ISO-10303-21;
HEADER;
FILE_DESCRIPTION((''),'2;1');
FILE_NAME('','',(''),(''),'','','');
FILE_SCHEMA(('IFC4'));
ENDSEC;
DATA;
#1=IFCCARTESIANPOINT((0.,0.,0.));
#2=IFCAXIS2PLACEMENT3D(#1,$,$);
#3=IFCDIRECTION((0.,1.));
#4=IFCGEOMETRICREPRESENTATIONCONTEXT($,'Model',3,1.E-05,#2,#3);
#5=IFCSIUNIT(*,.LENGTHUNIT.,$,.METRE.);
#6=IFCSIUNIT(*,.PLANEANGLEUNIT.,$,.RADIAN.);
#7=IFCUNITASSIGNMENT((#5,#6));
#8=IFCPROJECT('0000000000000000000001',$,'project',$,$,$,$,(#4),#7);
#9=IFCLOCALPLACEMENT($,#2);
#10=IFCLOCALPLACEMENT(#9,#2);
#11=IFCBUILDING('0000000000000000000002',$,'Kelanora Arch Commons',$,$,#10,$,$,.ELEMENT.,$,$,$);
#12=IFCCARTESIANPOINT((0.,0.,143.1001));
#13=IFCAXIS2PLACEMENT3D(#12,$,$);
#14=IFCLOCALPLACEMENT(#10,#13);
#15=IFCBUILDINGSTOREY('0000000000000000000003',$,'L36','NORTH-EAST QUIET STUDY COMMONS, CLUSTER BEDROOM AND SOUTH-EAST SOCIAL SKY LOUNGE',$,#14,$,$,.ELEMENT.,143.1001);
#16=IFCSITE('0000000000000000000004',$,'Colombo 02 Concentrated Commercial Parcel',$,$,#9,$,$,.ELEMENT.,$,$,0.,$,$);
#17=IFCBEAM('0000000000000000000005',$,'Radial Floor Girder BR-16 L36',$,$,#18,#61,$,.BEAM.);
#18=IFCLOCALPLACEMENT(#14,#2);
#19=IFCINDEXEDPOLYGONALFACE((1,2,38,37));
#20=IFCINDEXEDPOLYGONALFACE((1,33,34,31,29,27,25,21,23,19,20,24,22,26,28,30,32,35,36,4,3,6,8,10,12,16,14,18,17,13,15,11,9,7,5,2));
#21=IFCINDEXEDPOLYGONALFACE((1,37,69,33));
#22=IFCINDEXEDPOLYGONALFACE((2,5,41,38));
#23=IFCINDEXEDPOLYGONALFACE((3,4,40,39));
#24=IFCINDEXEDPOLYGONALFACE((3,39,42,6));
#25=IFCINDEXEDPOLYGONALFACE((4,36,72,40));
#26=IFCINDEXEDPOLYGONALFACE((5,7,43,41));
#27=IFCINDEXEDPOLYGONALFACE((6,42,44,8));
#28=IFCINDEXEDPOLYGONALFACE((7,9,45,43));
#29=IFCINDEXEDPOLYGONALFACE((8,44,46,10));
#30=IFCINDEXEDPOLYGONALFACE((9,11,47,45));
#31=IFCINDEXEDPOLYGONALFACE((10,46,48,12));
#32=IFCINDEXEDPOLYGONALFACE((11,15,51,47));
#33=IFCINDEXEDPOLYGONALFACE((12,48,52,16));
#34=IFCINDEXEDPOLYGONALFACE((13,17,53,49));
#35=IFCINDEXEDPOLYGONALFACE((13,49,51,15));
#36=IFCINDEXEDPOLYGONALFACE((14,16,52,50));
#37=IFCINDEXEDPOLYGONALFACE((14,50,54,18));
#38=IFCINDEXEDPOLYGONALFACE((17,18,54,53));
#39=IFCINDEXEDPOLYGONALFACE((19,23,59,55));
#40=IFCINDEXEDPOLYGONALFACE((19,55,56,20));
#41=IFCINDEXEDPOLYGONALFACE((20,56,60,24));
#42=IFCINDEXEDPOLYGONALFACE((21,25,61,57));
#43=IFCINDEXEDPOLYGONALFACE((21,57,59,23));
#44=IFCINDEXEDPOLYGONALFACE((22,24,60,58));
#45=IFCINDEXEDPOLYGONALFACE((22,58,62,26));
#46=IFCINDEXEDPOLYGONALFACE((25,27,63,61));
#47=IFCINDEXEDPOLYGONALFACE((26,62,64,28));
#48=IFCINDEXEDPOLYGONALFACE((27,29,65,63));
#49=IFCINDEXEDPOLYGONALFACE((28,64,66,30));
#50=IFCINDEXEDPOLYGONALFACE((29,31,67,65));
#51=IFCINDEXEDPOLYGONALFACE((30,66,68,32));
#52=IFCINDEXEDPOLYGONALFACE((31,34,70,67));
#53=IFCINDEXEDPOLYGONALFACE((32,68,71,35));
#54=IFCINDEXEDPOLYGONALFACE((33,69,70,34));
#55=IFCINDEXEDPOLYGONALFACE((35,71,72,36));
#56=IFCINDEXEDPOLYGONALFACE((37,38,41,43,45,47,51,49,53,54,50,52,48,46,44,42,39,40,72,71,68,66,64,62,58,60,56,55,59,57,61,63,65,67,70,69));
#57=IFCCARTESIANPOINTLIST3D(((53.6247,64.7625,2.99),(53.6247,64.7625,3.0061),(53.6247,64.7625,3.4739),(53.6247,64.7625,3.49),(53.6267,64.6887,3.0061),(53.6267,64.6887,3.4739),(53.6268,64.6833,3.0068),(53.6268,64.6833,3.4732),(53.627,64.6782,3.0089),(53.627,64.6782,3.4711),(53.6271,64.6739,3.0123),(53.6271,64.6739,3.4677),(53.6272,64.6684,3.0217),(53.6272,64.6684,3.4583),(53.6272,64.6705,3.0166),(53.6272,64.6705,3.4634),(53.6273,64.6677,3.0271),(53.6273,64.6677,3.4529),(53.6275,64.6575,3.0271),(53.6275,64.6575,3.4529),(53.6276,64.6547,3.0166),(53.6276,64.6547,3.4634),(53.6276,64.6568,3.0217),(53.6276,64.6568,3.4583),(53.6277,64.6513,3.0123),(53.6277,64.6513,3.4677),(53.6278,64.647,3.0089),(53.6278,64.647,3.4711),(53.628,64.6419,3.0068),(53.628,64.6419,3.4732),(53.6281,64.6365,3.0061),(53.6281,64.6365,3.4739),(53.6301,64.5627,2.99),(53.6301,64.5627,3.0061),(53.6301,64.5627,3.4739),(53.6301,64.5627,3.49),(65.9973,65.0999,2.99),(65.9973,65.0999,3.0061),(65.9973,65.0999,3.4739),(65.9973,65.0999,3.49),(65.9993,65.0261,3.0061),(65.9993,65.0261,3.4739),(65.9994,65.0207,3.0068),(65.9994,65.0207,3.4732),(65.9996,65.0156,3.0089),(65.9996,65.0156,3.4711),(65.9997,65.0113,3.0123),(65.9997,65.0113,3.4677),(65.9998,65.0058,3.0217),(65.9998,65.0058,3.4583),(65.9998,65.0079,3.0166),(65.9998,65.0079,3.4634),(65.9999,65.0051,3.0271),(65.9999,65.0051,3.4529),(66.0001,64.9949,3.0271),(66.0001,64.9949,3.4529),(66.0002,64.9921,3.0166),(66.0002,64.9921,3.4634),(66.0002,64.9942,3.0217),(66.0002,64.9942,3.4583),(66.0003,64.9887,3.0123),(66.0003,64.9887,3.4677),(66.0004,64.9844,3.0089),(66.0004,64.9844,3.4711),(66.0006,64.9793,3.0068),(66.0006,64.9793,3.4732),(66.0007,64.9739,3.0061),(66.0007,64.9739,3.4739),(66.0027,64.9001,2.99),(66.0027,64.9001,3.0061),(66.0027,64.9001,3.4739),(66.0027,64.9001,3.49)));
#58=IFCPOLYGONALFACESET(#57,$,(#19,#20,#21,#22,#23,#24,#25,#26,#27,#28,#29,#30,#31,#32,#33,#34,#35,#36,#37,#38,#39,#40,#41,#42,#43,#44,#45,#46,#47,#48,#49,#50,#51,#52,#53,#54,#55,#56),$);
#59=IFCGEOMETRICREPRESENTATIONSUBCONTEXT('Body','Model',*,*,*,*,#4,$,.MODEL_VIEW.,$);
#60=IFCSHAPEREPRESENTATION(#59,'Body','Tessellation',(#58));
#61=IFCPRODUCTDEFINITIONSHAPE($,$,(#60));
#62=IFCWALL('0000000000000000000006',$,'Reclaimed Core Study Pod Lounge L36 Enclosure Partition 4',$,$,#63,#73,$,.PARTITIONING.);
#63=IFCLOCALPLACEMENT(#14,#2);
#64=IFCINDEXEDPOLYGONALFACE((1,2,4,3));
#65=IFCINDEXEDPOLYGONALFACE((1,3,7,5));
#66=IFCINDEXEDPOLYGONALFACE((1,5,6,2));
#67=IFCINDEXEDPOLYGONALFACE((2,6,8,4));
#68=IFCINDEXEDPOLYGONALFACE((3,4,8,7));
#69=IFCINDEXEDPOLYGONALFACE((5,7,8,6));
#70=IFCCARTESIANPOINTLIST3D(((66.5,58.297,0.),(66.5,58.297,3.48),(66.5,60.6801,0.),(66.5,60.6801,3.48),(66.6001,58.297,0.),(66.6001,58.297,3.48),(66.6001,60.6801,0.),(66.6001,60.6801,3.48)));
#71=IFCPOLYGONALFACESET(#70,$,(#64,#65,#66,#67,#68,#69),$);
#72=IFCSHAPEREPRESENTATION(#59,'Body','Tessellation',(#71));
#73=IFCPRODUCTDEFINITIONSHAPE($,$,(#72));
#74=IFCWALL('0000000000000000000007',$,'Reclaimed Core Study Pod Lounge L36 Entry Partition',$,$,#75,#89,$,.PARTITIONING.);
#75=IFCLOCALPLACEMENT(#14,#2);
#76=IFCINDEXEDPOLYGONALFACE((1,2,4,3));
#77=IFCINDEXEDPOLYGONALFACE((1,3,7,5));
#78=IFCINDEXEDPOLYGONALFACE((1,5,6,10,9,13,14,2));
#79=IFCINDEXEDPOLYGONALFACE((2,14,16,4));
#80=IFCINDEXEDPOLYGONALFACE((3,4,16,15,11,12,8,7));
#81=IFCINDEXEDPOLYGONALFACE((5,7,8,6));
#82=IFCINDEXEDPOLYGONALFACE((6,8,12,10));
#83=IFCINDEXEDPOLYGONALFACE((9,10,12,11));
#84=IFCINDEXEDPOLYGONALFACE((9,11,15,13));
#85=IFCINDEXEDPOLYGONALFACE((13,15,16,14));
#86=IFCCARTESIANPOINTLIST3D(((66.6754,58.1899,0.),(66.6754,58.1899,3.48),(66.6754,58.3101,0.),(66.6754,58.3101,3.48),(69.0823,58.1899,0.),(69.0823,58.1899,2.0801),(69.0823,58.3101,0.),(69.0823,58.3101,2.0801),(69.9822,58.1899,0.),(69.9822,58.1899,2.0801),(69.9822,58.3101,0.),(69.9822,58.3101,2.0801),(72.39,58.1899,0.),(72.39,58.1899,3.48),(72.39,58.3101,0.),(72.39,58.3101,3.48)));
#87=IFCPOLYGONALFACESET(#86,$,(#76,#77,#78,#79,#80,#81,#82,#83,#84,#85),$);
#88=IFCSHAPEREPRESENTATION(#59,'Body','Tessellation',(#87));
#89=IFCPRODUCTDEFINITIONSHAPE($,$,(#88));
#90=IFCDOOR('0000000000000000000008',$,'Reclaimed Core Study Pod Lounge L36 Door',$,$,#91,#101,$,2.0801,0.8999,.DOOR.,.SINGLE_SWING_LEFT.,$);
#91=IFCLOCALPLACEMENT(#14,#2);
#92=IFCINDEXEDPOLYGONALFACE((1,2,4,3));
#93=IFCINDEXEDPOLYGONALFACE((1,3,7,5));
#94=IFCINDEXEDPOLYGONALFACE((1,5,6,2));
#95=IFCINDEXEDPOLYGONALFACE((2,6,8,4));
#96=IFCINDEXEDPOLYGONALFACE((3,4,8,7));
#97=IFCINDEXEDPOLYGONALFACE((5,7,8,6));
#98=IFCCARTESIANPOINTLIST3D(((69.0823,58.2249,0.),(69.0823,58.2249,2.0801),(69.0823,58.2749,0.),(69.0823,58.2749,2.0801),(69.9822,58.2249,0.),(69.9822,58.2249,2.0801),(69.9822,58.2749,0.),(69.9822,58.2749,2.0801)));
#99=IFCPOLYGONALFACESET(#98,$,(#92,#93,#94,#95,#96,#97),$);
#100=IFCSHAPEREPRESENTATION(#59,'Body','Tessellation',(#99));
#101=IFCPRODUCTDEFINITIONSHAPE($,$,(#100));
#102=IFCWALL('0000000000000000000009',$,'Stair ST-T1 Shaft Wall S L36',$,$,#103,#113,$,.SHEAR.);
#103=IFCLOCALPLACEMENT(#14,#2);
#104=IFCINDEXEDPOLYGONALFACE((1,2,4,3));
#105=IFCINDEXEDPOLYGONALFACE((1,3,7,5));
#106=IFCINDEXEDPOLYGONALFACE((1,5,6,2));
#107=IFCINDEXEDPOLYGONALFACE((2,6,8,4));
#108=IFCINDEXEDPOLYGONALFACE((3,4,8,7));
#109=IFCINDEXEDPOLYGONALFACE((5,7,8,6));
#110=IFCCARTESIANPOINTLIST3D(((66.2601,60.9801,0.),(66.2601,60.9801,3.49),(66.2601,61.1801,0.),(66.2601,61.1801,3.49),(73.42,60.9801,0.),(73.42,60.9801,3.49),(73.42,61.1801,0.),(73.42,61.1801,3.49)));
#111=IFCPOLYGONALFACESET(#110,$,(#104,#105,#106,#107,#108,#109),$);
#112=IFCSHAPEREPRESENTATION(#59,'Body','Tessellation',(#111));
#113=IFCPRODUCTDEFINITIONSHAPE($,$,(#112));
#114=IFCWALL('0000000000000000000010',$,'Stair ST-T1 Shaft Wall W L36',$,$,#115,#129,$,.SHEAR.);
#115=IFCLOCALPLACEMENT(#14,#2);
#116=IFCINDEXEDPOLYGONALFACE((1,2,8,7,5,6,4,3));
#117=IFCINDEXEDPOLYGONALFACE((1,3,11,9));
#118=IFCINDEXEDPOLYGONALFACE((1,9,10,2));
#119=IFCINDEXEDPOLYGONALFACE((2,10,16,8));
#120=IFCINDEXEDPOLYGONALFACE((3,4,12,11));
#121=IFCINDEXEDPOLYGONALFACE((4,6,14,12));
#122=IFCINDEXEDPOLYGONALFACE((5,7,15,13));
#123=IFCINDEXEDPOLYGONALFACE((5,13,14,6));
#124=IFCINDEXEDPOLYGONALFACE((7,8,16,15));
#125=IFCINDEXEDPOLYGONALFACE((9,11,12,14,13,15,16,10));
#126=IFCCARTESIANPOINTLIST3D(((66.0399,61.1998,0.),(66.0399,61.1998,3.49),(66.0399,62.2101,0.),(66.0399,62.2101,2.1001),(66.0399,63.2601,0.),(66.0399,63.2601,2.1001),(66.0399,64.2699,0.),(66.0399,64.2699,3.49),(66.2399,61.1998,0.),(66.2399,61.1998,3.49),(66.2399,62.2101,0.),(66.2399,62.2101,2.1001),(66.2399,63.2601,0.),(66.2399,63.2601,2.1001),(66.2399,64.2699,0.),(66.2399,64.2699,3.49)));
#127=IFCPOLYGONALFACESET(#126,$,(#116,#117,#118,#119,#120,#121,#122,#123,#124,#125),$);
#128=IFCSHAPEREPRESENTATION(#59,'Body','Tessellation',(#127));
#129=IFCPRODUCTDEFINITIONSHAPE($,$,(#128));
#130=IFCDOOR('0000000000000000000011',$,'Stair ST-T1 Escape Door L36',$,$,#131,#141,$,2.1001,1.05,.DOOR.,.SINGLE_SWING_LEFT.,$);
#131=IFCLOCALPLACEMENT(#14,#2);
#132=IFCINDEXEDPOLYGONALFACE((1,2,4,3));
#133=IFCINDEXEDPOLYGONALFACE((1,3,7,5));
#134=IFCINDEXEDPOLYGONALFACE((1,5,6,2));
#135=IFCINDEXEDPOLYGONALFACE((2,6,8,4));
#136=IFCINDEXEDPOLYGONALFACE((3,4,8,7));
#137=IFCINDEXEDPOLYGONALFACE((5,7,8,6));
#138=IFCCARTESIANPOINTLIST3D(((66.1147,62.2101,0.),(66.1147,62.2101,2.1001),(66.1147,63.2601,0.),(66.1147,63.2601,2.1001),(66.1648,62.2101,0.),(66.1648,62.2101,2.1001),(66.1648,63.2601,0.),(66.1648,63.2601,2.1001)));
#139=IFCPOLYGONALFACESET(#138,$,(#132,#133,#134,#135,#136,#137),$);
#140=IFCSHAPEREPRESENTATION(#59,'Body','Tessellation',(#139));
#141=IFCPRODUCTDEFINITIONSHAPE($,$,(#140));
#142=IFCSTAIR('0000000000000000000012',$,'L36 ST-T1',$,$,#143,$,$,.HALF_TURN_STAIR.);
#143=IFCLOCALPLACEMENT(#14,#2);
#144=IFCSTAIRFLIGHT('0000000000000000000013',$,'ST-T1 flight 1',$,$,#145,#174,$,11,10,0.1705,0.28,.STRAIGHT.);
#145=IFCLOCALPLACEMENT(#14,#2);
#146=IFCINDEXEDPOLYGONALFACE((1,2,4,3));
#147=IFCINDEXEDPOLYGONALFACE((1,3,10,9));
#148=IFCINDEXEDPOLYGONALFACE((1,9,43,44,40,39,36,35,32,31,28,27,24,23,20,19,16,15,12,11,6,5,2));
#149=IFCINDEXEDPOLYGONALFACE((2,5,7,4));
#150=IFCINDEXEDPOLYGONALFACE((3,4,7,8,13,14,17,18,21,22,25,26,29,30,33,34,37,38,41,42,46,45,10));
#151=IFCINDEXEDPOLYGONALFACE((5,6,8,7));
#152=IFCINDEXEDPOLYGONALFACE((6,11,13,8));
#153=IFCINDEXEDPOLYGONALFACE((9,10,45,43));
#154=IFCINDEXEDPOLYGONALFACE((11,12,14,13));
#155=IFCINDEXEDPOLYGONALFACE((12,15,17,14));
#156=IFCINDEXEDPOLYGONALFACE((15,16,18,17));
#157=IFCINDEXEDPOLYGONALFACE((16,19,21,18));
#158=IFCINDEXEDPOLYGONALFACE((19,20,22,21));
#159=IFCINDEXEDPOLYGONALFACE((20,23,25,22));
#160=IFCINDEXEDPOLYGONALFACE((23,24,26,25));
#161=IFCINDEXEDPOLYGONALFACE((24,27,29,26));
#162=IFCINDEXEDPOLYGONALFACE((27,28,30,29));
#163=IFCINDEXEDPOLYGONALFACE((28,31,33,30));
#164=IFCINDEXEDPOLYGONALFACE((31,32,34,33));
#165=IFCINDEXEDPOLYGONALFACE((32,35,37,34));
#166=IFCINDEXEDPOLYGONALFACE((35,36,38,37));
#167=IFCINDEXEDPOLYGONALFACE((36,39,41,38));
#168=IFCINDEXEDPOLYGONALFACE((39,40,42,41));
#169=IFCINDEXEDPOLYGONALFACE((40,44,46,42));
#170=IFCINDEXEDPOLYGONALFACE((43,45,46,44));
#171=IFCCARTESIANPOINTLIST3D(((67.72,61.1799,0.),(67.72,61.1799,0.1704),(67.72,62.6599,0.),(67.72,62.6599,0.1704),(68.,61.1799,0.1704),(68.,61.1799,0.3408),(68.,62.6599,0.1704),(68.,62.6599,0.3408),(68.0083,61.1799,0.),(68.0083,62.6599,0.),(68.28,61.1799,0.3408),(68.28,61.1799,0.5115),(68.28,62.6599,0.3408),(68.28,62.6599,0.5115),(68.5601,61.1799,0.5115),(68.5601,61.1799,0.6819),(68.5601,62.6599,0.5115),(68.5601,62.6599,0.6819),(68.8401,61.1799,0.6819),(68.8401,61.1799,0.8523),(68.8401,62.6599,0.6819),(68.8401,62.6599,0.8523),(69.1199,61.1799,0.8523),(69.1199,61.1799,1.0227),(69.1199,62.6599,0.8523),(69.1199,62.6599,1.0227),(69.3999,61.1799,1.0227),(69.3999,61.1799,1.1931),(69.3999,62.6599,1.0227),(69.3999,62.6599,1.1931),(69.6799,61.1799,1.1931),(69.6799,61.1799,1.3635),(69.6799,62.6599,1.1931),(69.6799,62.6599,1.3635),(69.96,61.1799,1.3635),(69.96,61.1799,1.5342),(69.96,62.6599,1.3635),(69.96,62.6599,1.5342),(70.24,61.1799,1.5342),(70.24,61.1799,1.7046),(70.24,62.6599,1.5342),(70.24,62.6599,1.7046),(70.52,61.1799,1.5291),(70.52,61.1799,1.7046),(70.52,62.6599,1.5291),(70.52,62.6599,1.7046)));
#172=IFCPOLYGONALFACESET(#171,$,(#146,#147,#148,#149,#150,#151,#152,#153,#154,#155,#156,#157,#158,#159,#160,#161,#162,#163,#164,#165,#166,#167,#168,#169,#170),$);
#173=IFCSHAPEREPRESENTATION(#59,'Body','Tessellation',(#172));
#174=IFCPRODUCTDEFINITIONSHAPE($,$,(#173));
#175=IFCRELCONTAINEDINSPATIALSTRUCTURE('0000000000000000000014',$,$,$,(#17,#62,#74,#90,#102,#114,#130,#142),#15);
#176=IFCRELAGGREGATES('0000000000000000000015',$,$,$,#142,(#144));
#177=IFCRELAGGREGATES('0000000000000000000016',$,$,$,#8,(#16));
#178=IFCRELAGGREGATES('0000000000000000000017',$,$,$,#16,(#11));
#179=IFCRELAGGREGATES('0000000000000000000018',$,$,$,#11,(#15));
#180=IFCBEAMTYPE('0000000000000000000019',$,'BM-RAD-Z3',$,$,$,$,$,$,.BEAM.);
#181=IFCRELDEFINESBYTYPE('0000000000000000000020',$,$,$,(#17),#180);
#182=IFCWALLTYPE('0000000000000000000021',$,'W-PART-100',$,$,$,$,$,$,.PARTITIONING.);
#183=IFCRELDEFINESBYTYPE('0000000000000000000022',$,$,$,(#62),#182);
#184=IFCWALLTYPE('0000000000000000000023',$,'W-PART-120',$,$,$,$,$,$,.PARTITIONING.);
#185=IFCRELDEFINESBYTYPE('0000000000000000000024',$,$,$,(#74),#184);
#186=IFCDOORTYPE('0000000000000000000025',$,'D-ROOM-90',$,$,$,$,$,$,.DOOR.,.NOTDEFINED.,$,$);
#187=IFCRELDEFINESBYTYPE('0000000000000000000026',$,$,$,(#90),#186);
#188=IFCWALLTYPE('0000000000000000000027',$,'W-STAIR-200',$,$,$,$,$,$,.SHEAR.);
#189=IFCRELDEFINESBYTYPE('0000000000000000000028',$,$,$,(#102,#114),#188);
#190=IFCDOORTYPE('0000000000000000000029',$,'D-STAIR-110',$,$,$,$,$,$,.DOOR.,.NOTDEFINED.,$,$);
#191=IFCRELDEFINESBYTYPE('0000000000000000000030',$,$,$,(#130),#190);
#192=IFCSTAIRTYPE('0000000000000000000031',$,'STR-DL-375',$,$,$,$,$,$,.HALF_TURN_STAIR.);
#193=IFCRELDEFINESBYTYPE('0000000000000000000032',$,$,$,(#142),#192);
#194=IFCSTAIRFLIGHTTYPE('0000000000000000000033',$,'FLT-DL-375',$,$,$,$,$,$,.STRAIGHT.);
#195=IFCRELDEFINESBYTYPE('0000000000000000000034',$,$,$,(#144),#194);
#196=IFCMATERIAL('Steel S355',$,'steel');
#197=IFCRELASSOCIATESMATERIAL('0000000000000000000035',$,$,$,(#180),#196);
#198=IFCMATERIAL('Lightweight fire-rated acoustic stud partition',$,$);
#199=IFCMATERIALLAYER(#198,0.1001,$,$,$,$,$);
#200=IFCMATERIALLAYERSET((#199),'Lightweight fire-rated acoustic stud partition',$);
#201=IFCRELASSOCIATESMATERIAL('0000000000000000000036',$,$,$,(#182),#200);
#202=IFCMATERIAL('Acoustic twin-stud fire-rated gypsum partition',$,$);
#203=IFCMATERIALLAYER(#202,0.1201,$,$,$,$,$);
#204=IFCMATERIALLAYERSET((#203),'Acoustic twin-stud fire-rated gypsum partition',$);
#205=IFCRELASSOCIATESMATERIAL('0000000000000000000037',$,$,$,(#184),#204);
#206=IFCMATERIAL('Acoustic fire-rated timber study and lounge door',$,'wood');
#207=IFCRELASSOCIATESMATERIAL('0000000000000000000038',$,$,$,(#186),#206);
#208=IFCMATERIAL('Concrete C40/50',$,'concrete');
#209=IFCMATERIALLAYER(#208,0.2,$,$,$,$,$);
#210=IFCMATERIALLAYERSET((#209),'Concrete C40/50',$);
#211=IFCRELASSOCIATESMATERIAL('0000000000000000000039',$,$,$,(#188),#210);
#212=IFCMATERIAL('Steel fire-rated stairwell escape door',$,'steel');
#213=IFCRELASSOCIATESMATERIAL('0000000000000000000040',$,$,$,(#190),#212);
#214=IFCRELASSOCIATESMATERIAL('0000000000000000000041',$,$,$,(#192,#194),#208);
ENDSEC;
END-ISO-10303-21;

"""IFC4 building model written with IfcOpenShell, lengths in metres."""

from ifc_helpers import new_model, si_unit, direction, frame, frame_2d, origin, origin_2d, place, context, subcontext, project, spatial, polyline, rectangle, i_section, outline, extrude, material, layer, layer_set, material_profile, profile_set, type_object, element, fill, aggregate, save


model = new_model("IFC4")

# Units and contexts
model_context = context("Model", 3, precision=1e-05, world=origin(), true_north=direction((0.0, 1.0)))
body_context = subcontext(model_context, "Body", "Model", "MODEL_VIEW")
ifc_project = project(units=[si_unit("LENGTHUNIT", "METRE"), si_unit("PLANEANGLEUNIT", "RADIAN")], contexts=[model_context])

# Site, building, storey
site_placement = place(None, origin())
site = spatial("IfcSite", under=ifc_project, at=site_placement, Name="Colombo 02 Concentrated Commercial Parcel", CompositionType="ELEMENT", RefElevation=0.0)
building_placement = place(site_placement, origin())
building = spatial("IfcBuilding", under=site, at=building_placement, Name="Kelanora Arch Commons", CompositionType="ELEMENT")
storey_placement = place(building_placement, frame((0.0, 0.0, 143.1001)))
storey = spatial("IfcBuildingStorey", under=building, at=storey_placement, Name="L36", Description="NORTH-EAST QUIET STUDY COMMONS, CLUSTER BEDROOM AND SOUTH-EAST SOCIAL SKY LOUNGE", CompositionType="ELEMENT", Elevation=143.1001)

# Beam
ifc_material_1 = material(Name="Steel S355", Category="steel")
ifc_material_profile_1 = material_profile(ifc_material_1, i_section(OverallWidth=0.2, OverallDepth=0.5, WebThickness=0.0103, FlangeThickness=0.0161, FilletRadius=0.021, at=origin_2d()), Name="IPE500")
ifc_profile_set_1 = profile_set([ifc_material_profile_1], Name="Steel S355")
beam_type_1 = type_object("IfcBeamType", Name="BM-RAD-Z3", PredefinedType="BEAM", material=ifc_profile_set_1)
beam_1_placement = place(storey_placement, frame((66.0, 65.0, 3.24), z_axis=(-0.999628, -0.02726, 0.0), x_axis=(0.02726, -0.999628, 0.0)))
element("IfcBeam", 1, at=beam_1_placement, inside=storey, type_object=beam_type_1, Name="Radial Floor Girder BR-16 L36", PredefinedType="BEAM", context=body_context, shape_type="SweptSolid", body=[
    extrude(i_section(OverallWidth=0.2, OverallDepth=0.5, WebThickness=0.0103, FlangeThickness=0.0161, FilletRadius=0.021, at=origin_2d()), origin(), (0.0, 0.0, 1.0), 12.3772),
])

# Wall
ifc_material_2 = material(Name="Lightweight fire-rated acoustic stud partition")
ifc_layer_1 = layer(ifc_material_2, 0.1001)
ifc_layer_set_1 = layer_set([ifc_layer_1], Name="Lightweight fire-rated acoustic stud partition")
wall_type_1 = type_object("IfcWallType", Name="W-PART-100", PredefinedType="PARTITIONING", material=ifc_layer_set_1)
wall_1_placement = place(storey_placement, frame((66.55, 60.6799, 0.0), z_axis=(0.0, 0.0, 1.0), x_axis=(0.0, -1.0, 0.0)))
element("IfcWall", 2, at=wall_1_placement, inside=storey, type_object=wall_type_1, Name="Reclaimed Core Study Pod Lounge L36 Enclosure Partition 4", PredefinedType="PARTITIONING", context=body_context, shape_type="SweptSolid", body=[
    extrude(rectangle(XDim=2.3831, YDim=0.1001, at=frame_2d((1.1914, 0.0))), origin(), (0.0, 0.0, 1.0), 3.48),
])

# Wall, opening, door
ifc_material_3 = material(Name="Acoustic twin-stud fire-rated gypsum partition")
ifc_layer_2 = layer(ifc_material_3, 0.1201)
ifc_layer_set_2 = layer_set([ifc_layer_2], Name="Acoustic twin-stud fire-rated gypsum partition")
wall_type_2 = type_object("IfcWallType", Name="W-PART-120", PredefinedType="PARTITIONING", material=ifc_layer_set_2)
wall_2_placement = place(storey_placement, frame((66.6753, 58.25, 0.0), z_axis=(0.0, 0.0, 1.0), x_axis=(1.0, 0.0, 0.0)))
wall_2 = element("IfcWall", 3, at=wall_2_placement, inside=storey, type_object=wall_type_2, Name="Reclaimed Core Study Pod Lounge L36 Entry Partition", PredefinedType="PARTITIONING", context=body_context, shape_type="SweptSolid", body=[
    extrude(rectangle(XDim=5.7146, YDim=0.1201, at=frame_2d((2.8574, 0.0))), origin(), (0.0, 0.0, 1.0), 3.48),
])
opening_1_placement = place(wall_2_placement, frame((2.407, 0.0, 0.0)))
opening_1 = element("IfcOpeningElement", 4, at=opening_1_placement, cuts=wall_2, PredefinedType="OPENING", context=body_context, shape_type="SweptSolid", body=[
    extrude(rectangle(XDim=0.8999, YDim=2.0801, at=frame_2d((0.45, 1.04))), frame((0.0, 0.0701, 0.0), z_axis=(0.0, -1.0, 0.0), x_axis=(1.0, 0.0, 0.0)), (0.0, 0.0, 1.0), 0.1401),
])
ifc_material_4 = material(Name="Acoustic fire-rated timber study and lounge door", Category="wood")
door_type_1 = type_object("IfcDoorType", Name="D-ROOM-90", OperationType="NOTDEFINED", PredefinedType="DOOR", material=ifc_material_4)
door_1_placement = place(opening_1_placement, origin())
door_1 = element("IfcDoor", 5, at=door_1_placement, inside=storey, type_object=door_type_1, Name="Reclaimed Core Study Pod Lounge L36 Door", OperationType="SINGLE_SWING_LEFT", OverallHeight=2.0801, OverallWidth=0.8999, PredefinedType="DOOR", context=body_context, shape_type="SweptSolid", body=[
    extrude(rectangle(XDim=0.8999, YDim=2.0801, at=frame_2d((0.45, 1.04))), frame((0.0, 0.0249, 0.0), z_axis=(0.0, -1.0, 0.0), x_axis=(1.0, 0.0, 0.0)), (0.0, 0.0, 1.0), 0.05),
])
fill(opening_1, door_1)

# Wall
ifc_material_5 = material(Name="Concrete C40/50", Category="concrete")
ifc_layer_3 = layer(ifc_material_5, 0.2)
ifc_layer_set_3 = layer_set([ifc_layer_3], Name="Concrete C40/50")
wall_type_3 = type_object("IfcWallType", Name="W-STAIR-200", PredefinedType="SHEAR", material=ifc_layer_set_3)
wall_3_placement = place(storey_placement, frame((66.26, 61.0801, 0.0), z_axis=(0.0, 0.0, 1.0), x_axis=(1.0, 0.0, 0.0)))
element("IfcWall", 6, at=wall_3_placement, inside=storey, type_object=wall_type_3, Name="Stair ST-T1 Shaft Wall S L36", PredefinedType="SHEAR", context=body_context, shape_type="SweptSolid", body=[
    extrude(rectangle(XDim=7.1599, YDim=0.2, at=frame_2d((3.5801, 0.0))), origin(), (0.0, 0.0, 1.0), 3.49),
])

# Wall, opening, door
wall_4_placement = place(storey_placement, frame((66.1399, 64.27, 0.0), z_axis=(0.0, 0.0, 1.0), x_axis=(0.0, -1.0, 0.0)))
wall_4 = element("IfcWall", 7, at=wall_4_placement, inside=storey, type_object=wall_type_3, Name="Stair ST-T1 Shaft Wall W L36", PredefinedType="SHEAR", context=body_context, shape_type="SweptSolid", body=[
    extrude(rectangle(XDim=3.0701, YDim=0.2, at=frame_2d((1.5352, 0.0))), origin(), (0.0, 0.0, 1.0), 3.49),
])
opening_2_placement = place(wall_4_placement, frame((1.01, 0.0, 0.0)))
opening_2 = element("IfcOpeningElement", 8, at=opening_2_placement, cuts=wall_4, PredefinedType="OPENING", context=body_context, shape_type="SweptSolid", body=[
    extrude(rectangle(XDim=1.05, YDim=2.1001, at=frame_2d((0.5249, 1.05))), frame((0.0, 0.1099, 0.0), z_axis=(0.0, -1.0, 0.0), x_axis=(1.0, 0.0, 0.0)), (0.0, 0.0, 1.0), 0.22),
])
ifc_material_6 = material(Name="Steel fire-rated stairwell escape door", Category="steel")
door_type_2 = type_object("IfcDoorType", Name="D-STAIR-110", OperationType="NOTDEFINED", PredefinedType="DOOR", material=ifc_material_6)
door_2_placement = place(opening_2_placement, origin())
door_2 = element("IfcDoor", 9, at=door_2_placement, inside=storey, type_object=door_type_2, Name="Stair ST-T1 Escape Door L36", OperationType="SINGLE_SWING_LEFT", OverallHeight=2.1001, OverallWidth=1.05, PredefinedType="DOOR", context=body_context, shape_type="SweptSolid", body=[
    extrude(rectangle(XDim=1.05, YDim=2.1001, at=frame_2d((0.5249, 1.05))), frame((0.0, 0.0249, 0.0), z_axis=(0.0, -1.0, 0.0), x_axis=(1.0, 0.0, 0.0)), (0.0, 0.0, 1.0), 0.05),
])
fill(opening_2, door_2)

# Stair, stair flight
stair_type = type_object("IfcStairType", Name="STR-DL-375", PredefinedType="HALF_TURN_STAIR", material=ifc_material_5)
stair_placement = place(storey_placement, origin())
stair = element("IfcStair", 10, at=stair_placement, inside=storey, type_object=stair_type, Name="L36 ST-T1", PredefinedType="HALF_TURN_STAIR")
stair_flight_type = type_object("IfcStairFlightType", Name="FLT-DL-375", PredefinedType="STRAIGHT", material=ifc_material_5)
stair_flight_placement = place(storey_placement, frame((67.72, 61.9199, 0.0), z_axis=(0.0, 0.0, 1.0), x_axis=(1.0, 0.0, 0.0)))
stair_flight = element("IfcStairFlight", 11, at=stair_flight_placement, type_object=stair_flight_type, Name="ST-T1 flight 1", NumberOfRisers=11, NumberOfTreads=10, PredefinedType="STRAIGHT", RiserHeight=0.1705, TreadLength=0.28, context=body_context, shape_type="SweptSolid", body=[
    extrude(outline(polyline([(0.0, 0.0), (0.0, 0.1704), (0.28, 0.1704), (0.28, 0.3408), (0.5601, 0.3408), (0.5601, 0.5115), (0.8401, 0.5115), (0.8401, 0.6819), (1.1201, 0.6819), (1.1201, 0.8523), (1.3999, 0.8523), (1.3999, 1.0227), (1.6799, 1.0227), (1.6799, 1.1931), (1.96, 1.1931), (1.96, 1.3635), (2.24, 1.3635), (2.24, 1.5342), (2.52, 1.5342), (2.52, 1.7046), (2.8, 1.7046), (2.8, 1.875), (2.8, 1.5291), (0.2883, 0.0), (0.0, 0.0)])), frame((0.0, 0.74, 0.0), z_axis=(0.0, -1.0, 0.0), x_axis=(1.0, 0.0, 0.0)), (0.0, 0.0, 1.0), 1.48),
])
aggregate(stair, [stair_flight])

save(model, "model.ifc")
